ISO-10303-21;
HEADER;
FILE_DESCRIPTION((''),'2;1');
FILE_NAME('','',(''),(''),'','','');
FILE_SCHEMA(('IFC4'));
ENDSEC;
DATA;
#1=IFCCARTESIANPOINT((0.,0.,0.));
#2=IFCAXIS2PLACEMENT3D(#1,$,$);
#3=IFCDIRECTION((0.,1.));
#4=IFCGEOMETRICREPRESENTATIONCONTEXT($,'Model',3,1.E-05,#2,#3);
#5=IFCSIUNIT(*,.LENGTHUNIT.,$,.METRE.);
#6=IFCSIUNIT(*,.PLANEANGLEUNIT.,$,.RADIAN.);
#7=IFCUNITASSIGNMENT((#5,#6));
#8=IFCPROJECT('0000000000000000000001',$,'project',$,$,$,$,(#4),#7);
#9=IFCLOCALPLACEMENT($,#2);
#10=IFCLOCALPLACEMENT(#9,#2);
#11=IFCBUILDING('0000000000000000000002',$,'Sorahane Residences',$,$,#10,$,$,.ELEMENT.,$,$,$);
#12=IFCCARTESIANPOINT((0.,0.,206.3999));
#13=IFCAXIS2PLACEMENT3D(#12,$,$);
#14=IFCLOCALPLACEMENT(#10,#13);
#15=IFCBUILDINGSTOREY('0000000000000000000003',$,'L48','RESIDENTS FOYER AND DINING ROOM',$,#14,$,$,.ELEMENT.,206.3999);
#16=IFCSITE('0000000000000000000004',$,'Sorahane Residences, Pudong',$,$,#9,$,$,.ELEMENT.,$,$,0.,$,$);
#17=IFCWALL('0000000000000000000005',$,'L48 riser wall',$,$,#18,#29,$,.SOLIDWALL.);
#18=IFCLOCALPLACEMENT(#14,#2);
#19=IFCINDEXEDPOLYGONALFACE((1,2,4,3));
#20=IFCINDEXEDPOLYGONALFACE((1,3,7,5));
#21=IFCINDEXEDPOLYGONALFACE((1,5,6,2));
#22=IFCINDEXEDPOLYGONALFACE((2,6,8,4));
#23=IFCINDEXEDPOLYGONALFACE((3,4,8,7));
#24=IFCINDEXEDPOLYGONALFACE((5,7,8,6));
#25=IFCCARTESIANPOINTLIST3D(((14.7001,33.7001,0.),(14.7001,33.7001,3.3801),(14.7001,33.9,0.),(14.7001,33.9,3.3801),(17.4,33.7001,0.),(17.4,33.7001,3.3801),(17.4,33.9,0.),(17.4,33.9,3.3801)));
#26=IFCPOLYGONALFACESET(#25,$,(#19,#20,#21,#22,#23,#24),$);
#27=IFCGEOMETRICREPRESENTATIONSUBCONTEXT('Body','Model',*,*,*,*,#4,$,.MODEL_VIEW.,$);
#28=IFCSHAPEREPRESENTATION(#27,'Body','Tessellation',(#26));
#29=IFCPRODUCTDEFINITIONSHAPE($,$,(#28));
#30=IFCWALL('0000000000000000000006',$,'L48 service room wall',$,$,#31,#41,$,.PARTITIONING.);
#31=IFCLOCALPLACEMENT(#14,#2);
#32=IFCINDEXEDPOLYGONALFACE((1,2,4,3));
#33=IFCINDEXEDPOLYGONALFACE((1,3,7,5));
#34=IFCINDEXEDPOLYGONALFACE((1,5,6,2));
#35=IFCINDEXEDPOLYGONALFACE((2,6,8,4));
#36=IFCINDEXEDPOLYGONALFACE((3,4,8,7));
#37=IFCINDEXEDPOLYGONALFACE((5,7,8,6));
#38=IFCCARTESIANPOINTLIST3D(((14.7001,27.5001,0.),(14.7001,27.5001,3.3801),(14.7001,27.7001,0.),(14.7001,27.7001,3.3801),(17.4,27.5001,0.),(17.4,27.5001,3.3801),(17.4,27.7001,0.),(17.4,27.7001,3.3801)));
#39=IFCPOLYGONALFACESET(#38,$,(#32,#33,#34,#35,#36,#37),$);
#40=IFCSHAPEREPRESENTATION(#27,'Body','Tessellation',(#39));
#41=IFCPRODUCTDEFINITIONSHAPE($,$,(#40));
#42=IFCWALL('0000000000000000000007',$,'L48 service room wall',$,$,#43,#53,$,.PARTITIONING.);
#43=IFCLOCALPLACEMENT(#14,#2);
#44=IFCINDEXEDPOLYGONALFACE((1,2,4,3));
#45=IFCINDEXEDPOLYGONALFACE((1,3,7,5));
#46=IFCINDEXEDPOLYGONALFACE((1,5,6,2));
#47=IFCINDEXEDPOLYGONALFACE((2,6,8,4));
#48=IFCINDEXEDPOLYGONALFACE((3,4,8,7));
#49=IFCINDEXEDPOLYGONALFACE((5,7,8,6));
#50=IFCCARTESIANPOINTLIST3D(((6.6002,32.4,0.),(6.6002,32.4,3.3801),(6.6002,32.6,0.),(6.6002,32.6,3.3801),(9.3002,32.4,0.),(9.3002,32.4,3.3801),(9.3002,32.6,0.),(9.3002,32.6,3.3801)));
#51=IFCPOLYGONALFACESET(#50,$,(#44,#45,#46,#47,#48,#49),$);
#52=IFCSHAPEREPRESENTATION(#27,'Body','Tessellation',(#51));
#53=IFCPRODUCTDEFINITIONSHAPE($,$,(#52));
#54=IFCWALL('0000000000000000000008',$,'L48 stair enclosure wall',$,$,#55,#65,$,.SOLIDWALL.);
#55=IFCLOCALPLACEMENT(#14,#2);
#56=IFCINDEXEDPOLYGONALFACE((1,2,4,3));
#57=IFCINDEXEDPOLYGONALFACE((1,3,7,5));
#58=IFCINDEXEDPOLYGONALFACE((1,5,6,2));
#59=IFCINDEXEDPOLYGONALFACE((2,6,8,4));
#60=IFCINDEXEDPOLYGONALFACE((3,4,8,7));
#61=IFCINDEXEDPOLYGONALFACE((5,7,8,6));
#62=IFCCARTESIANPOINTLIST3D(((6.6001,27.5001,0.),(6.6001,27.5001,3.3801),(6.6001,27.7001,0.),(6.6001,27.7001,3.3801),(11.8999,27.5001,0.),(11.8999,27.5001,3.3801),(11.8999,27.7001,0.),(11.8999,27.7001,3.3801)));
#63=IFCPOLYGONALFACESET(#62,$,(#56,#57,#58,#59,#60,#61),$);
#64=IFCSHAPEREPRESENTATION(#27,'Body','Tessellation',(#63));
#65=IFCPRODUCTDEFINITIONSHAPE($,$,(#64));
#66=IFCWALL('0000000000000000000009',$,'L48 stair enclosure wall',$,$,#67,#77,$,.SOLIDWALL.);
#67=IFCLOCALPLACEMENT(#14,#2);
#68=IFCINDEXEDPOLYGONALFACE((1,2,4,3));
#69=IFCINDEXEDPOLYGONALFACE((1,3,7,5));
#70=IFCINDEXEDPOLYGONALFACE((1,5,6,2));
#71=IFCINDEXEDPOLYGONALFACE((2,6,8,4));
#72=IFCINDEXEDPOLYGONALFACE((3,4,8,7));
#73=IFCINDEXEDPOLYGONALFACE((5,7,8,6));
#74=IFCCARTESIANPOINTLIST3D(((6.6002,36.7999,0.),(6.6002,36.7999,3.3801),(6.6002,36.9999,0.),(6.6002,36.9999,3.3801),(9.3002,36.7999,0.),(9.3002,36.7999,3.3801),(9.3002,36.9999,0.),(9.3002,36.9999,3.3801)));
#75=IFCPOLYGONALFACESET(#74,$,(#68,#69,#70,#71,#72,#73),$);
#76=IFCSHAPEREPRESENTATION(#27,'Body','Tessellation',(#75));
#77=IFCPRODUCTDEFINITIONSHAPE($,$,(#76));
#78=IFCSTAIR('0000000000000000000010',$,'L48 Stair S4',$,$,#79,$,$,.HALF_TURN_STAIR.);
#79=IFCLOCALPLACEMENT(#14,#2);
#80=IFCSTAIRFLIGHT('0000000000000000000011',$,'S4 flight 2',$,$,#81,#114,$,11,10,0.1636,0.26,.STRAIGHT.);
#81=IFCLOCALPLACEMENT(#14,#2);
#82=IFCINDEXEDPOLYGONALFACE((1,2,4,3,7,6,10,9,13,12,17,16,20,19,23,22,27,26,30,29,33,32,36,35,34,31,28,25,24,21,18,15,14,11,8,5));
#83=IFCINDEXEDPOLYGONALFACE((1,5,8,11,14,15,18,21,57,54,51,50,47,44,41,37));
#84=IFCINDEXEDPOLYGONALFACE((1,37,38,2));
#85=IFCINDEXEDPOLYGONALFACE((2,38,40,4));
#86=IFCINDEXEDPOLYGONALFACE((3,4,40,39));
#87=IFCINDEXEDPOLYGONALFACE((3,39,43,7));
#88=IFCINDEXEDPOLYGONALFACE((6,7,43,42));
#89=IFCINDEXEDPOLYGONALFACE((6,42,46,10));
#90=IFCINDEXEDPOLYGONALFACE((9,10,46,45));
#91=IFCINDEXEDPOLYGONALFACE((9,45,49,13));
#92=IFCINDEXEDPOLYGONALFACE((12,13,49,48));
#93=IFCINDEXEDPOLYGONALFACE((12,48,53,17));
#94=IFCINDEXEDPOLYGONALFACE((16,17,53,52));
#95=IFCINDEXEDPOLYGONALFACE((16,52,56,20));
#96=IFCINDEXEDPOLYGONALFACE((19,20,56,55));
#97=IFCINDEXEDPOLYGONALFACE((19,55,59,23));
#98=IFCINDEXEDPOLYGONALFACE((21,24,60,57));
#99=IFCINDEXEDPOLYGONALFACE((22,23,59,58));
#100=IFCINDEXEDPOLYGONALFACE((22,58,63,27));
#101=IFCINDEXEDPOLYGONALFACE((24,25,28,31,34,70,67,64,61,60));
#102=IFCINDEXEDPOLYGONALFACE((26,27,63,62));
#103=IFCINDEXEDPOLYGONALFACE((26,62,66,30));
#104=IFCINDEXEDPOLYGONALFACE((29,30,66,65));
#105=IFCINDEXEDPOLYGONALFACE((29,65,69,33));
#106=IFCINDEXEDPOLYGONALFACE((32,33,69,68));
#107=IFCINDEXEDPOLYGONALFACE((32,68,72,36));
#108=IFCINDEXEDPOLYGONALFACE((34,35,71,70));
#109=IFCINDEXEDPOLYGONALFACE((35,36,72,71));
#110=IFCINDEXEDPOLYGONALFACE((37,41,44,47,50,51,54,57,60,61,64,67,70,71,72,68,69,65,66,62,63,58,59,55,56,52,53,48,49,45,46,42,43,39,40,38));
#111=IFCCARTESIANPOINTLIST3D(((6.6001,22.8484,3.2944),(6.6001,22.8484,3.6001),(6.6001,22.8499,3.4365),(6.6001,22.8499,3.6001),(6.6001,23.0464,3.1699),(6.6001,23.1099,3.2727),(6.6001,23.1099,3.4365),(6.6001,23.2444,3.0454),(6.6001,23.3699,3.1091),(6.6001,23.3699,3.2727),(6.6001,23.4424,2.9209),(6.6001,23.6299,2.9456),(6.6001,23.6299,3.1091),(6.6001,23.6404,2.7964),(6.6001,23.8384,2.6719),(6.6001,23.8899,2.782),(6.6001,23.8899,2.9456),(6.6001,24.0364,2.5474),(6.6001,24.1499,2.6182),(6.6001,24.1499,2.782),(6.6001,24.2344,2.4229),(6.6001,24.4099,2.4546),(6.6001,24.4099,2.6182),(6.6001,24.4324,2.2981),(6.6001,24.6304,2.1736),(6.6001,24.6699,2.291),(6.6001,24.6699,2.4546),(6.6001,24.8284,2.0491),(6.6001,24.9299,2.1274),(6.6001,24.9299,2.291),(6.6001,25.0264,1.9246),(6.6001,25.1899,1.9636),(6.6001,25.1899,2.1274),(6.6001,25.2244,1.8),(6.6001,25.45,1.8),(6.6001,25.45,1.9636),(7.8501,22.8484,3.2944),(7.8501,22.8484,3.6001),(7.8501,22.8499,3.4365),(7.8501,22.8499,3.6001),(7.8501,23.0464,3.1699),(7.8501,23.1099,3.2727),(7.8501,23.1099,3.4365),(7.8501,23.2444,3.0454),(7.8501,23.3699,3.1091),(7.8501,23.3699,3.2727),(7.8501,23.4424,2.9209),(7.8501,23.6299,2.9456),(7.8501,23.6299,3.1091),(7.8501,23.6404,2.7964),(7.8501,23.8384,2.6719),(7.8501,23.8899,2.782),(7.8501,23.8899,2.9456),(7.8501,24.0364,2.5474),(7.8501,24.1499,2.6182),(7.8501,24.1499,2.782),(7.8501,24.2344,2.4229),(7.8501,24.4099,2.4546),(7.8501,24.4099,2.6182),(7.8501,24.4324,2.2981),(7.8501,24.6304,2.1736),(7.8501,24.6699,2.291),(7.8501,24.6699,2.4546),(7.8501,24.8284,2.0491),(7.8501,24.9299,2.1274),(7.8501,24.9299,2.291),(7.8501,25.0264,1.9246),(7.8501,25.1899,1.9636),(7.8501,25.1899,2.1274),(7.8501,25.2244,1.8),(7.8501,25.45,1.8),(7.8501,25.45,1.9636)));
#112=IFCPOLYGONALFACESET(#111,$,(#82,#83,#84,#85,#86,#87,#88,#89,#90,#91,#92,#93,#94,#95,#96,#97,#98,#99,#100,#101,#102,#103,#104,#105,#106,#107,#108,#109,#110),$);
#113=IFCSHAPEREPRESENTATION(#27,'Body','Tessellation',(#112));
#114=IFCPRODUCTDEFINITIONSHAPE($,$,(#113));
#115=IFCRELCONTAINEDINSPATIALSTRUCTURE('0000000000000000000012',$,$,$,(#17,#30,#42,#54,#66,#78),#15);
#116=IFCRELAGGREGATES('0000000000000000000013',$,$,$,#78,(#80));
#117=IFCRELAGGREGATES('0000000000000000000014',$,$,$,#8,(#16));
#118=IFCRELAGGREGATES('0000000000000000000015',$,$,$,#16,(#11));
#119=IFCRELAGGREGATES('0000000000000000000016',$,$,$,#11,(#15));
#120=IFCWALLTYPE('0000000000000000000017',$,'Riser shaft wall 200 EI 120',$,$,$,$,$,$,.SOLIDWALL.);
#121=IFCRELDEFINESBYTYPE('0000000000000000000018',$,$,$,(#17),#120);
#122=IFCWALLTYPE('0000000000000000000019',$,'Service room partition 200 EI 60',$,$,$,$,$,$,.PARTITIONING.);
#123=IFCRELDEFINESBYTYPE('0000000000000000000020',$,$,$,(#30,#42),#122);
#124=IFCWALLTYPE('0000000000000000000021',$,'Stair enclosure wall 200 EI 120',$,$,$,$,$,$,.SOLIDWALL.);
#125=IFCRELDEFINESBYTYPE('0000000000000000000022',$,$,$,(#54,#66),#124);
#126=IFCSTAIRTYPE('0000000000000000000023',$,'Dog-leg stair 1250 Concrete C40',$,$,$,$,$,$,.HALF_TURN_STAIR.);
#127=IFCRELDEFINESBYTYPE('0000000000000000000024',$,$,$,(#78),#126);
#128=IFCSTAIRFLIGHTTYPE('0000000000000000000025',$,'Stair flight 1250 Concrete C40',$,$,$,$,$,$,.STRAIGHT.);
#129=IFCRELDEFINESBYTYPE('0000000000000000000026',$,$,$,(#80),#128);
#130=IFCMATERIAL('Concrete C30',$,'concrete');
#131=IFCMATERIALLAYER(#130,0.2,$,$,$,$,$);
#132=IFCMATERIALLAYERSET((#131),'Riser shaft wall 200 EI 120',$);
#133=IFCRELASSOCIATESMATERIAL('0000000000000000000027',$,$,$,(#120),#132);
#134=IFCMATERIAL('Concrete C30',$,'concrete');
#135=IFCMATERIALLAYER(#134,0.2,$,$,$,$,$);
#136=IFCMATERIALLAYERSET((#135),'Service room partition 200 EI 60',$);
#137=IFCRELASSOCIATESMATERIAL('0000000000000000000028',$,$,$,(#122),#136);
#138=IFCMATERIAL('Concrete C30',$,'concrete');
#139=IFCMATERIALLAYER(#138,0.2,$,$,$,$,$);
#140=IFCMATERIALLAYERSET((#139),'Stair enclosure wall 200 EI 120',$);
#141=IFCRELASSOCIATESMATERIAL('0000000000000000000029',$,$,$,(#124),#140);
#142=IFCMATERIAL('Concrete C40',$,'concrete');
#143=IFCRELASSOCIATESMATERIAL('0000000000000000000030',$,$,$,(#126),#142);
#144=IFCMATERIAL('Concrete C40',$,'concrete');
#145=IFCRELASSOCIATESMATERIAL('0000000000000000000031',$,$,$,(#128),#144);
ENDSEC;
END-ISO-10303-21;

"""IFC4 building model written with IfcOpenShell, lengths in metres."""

from ifc_helpers import new_model, si_unit, direction, frame, frame_2d, origin, place, context, subcontext, project, spatial, polyline, rectangle, outline, extrude, material, layer, layer_set, type_object, element, aggregate, save


model = new_model("IFC4")

# Units and contexts
model_context = context("Model", 3, precision=1e-05, world=origin(), true_north=direction((0.0, 1.0)))
body_context = subcontext(model_context, "Body", "Model", "MODEL_VIEW")
ifc_project = project(units=[si_unit("LENGTHUNIT", "METRE"), si_unit("PLANEANGLEUNIT", "RADIAN")], contexts=[model_context])

# Site, building, storey
site_placement = place(None, origin())
site = spatial("IfcSite", under=ifc_project, at=site_placement, Name="Sorahane Residences, Pudong", CompositionType="ELEMENT", RefElevation=0.0)
building_placement = place(site_placement, origin())
building = spatial("IfcBuilding", under=site, at=building_placement, Name="Sorahane Residences", CompositionType="ELEMENT")
storey_placement = place(building_placement, frame((0.0, 0.0, 206.3999)))
storey = spatial("IfcBuildingStorey", under=building, at=storey_placement, Name="L48", Description="RESIDENTS FOYER AND DINING ROOM", CompositionType="ELEMENT", Elevation=206.3999)

# Walls
ifc_material_1 = material(Name="Concrete C30", Category="concrete")
ifc_layer_1 = layer(ifc_material_1, 0.2)
ifc_layer_set_1 = layer_set([ifc_layer_1], Name="Riser shaft wall 200 EI 120")
wall_type_1 = type_object("IfcWallType", Name="Riser shaft wall 200 EI 120", PredefinedType="SOLIDWALL", material=ifc_layer_set_1)
wall_1_placement = place(storey_placement, frame((14.7, 33.8, 0.0), z_axis=(0.0, 0.0, 1.0), x_axis=(1.0, 0.0, 0.0)))
element("IfcWall", 1, at=wall_1_placement, inside=storey, type_object=wall_type_1, Name="L48 riser wall", PredefinedType="SOLIDWALL", context=body_context, shape_type="SweptSolid", body=[
    extrude(rectangle(XDim=2.7, YDim=0.2, at=frame_2d((1.3501, 0.0))), origin(), (0.0, 0.0, 1.0), 3.3801),
])
ifc_material_2 = material(Name="Concrete C30", Category="concrete")
ifc_layer_2 = layer(ifc_material_2, 0.2)
ifc_layer_set_2 = layer_set([ifc_layer_2], Name="Service room partition 200 EI 60")
wall_type_2 = type_object("IfcWallType", Name="Service room partition 200 EI 60", PredefinedType="PARTITIONING", material=ifc_layer_set_2)
for number, where, z_axis, x_axis, name in (
    (2, (14.7, 27.6001, 0.0), (0.0, 0.0, 1.0), (1.0, 0.0, 0.0), "L48 service room wall"),
    (3, (6.6001, 32.5, 0.0), (0.0, 0.0, 1.0), (1.0, 0.0, 0.0), "L48 service room wall"),
):
    element("IfcWall", number, at=place(storey_placement, frame(where, z_axis=z_axis, x_axis=x_axis)), inside=storey, type_object=wall_type_2, Name=name, PredefinedType="PARTITIONING", context=body_context, shape_type="SweptSolid", body=[
        extrude(rectangle(XDim=2.7, YDim=0.2, at=frame_2d((1.3501, 0.0))), origin(), (0.0, 0.0, 1.0), 3.3801),
    ])
ifc_material_3 = material(Name="Concrete C30", Category="concrete")
ifc_layer_3 = layer(ifc_material_3, 0.2)
ifc_layer_set_3 = layer_set([ifc_layer_3], Name="Stair enclosure wall 200 EI 120")
wall_type_3 = type_object("IfcWallType", Name="Stair enclosure wall 200 EI 120", PredefinedType="SOLIDWALL", material=ifc_layer_set_3)
wall_2_placement = place(storey_placement, frame((6.6001, 27.6001, 0.0), z_axis=(0.0, 0.0, 1.0), x_axis=(1.0, 0.0, 0.0)))
element("IfcWall", 4, at=wall_2_placement, inside=storey, type_object=wall_type_3, Name="L48 stair enclosure wall", PredefinedType="SOLIDWALL", context=body_context, shape_type="SweptSolid", body=[
    extrude(rectangle(XDim=5.2998, YDim=0.2, at=frame_2d((2.6499, 0.0))), origin(), (0.0, 0.0, 1.0), 3.3801),
])
wall_3_placement = place(storey_placement, frame((6.6001, 36.8999, 0.0), z_axis=(0.0, 0.0, 1.0), x_axis=(1.0, 0.0, 0.0)))
element("IfcWall", 5, at=wall_3_placement, inside=storey, type_object=wall_type_3, Name="L48 stair enclosure wall", PredefinedType="SOLIDWALL", context=body_context, shape_type="SweptSolid", body=[
    extrude(rectangle(XDim=2.7, YDim=0.2, at=frame_2d((1.3501, 0.0))), origin(), (0.0, 0.0, 1.0), 3.3801),
])

# Stair, stair flight
ifc_material_4 = material(Name="Concrete C40", Category="concrete")
stair_type = type_object("IfcStairType", Name="Dog-leg stair 1250 Concrete C40", PredefinedType="HALF_TURN_STAIR", material=ifc_material_4)
stair_placement = place(storey_placement, origin())
stair = element("IfcStair", 6, at=stair_placement, inside=storey, type_object=stair_type, Name="L48 Stair S4", PredefinedType="HALF_TURN_STAIR")
ifc_material_5 = material(Name="Concrete C40", Category="concrete")
stair_flight_type = type_object("IfcStairFlightType", Name="Stair flight 1250 Concrete C40", PredefinedType="STRAIGHT", material=ifc_material_5)
stair_flight_placement = place(storey_placement, frame((7.2251, 25.45, 1.8), z_axis=(0.0, 0.0, 1.0), x_axis=(0.0, -1.0, 0.0)))
stair_flight = element("IfcStairFlight", 7, at=stair_flight_placement, type_object=stair_flight_type, Name="S4 flight 2", NumberOfRisers=11, NumberOfTreads=10, PredefinedType="STRAIGHT", RiserHeight=0.1636, TreadLength=0.26, context=body_context, shape_type="SweptSolid", body=[
    extrude(outline(polyline([(0.0, 0.0), (0.0, 0.1636), (0.26, 0.1636), (0.26, 0.3274), (0.52, 0.3274), (0.52, 0.491), (0.78, 0.491), (0.78, 0.6545), (1.04, 0.6545), (1.04, 0.8181), (1.3, 0.8181), (1.3, 0.9819), (1.5601, 0.9819), (1.5601, 1.1455), (1.8201, 1.1455), (1.8201, 1.3091), (2.0801, 1.3091), (2.0801, 1.4727), (2.3401, 1.4727), (2.3401, 1.6365), (2.6001, 1.6365), (2.6001, 1.8), (2.6016, 1.8), (2.6016, 1.4944), (2.4036, 1.3699), (2.2056, 1.2454), (2.0076, 1.1208), (1.8096, 0.9963), (1.6116, 0.8718), (1.4136, 0.7473), (1.2156, 0.6228), (1.0176, 0.498), (0.8196, 0.3735), (0.6216, 0.249), (0.4236, 0.1245), (0.2256, 0.0), (0.0, 0.0)])), frame((0.0, 0.625, 0.0), z_axis=(0.0, -1.0, 0.0), x_axis=(1.0, 0.0, 0.0)), (0.0, 0.0, 1.0), 1.25),
])
aggregate(stair, [stair_flight])

save(model, "model.ifc")
